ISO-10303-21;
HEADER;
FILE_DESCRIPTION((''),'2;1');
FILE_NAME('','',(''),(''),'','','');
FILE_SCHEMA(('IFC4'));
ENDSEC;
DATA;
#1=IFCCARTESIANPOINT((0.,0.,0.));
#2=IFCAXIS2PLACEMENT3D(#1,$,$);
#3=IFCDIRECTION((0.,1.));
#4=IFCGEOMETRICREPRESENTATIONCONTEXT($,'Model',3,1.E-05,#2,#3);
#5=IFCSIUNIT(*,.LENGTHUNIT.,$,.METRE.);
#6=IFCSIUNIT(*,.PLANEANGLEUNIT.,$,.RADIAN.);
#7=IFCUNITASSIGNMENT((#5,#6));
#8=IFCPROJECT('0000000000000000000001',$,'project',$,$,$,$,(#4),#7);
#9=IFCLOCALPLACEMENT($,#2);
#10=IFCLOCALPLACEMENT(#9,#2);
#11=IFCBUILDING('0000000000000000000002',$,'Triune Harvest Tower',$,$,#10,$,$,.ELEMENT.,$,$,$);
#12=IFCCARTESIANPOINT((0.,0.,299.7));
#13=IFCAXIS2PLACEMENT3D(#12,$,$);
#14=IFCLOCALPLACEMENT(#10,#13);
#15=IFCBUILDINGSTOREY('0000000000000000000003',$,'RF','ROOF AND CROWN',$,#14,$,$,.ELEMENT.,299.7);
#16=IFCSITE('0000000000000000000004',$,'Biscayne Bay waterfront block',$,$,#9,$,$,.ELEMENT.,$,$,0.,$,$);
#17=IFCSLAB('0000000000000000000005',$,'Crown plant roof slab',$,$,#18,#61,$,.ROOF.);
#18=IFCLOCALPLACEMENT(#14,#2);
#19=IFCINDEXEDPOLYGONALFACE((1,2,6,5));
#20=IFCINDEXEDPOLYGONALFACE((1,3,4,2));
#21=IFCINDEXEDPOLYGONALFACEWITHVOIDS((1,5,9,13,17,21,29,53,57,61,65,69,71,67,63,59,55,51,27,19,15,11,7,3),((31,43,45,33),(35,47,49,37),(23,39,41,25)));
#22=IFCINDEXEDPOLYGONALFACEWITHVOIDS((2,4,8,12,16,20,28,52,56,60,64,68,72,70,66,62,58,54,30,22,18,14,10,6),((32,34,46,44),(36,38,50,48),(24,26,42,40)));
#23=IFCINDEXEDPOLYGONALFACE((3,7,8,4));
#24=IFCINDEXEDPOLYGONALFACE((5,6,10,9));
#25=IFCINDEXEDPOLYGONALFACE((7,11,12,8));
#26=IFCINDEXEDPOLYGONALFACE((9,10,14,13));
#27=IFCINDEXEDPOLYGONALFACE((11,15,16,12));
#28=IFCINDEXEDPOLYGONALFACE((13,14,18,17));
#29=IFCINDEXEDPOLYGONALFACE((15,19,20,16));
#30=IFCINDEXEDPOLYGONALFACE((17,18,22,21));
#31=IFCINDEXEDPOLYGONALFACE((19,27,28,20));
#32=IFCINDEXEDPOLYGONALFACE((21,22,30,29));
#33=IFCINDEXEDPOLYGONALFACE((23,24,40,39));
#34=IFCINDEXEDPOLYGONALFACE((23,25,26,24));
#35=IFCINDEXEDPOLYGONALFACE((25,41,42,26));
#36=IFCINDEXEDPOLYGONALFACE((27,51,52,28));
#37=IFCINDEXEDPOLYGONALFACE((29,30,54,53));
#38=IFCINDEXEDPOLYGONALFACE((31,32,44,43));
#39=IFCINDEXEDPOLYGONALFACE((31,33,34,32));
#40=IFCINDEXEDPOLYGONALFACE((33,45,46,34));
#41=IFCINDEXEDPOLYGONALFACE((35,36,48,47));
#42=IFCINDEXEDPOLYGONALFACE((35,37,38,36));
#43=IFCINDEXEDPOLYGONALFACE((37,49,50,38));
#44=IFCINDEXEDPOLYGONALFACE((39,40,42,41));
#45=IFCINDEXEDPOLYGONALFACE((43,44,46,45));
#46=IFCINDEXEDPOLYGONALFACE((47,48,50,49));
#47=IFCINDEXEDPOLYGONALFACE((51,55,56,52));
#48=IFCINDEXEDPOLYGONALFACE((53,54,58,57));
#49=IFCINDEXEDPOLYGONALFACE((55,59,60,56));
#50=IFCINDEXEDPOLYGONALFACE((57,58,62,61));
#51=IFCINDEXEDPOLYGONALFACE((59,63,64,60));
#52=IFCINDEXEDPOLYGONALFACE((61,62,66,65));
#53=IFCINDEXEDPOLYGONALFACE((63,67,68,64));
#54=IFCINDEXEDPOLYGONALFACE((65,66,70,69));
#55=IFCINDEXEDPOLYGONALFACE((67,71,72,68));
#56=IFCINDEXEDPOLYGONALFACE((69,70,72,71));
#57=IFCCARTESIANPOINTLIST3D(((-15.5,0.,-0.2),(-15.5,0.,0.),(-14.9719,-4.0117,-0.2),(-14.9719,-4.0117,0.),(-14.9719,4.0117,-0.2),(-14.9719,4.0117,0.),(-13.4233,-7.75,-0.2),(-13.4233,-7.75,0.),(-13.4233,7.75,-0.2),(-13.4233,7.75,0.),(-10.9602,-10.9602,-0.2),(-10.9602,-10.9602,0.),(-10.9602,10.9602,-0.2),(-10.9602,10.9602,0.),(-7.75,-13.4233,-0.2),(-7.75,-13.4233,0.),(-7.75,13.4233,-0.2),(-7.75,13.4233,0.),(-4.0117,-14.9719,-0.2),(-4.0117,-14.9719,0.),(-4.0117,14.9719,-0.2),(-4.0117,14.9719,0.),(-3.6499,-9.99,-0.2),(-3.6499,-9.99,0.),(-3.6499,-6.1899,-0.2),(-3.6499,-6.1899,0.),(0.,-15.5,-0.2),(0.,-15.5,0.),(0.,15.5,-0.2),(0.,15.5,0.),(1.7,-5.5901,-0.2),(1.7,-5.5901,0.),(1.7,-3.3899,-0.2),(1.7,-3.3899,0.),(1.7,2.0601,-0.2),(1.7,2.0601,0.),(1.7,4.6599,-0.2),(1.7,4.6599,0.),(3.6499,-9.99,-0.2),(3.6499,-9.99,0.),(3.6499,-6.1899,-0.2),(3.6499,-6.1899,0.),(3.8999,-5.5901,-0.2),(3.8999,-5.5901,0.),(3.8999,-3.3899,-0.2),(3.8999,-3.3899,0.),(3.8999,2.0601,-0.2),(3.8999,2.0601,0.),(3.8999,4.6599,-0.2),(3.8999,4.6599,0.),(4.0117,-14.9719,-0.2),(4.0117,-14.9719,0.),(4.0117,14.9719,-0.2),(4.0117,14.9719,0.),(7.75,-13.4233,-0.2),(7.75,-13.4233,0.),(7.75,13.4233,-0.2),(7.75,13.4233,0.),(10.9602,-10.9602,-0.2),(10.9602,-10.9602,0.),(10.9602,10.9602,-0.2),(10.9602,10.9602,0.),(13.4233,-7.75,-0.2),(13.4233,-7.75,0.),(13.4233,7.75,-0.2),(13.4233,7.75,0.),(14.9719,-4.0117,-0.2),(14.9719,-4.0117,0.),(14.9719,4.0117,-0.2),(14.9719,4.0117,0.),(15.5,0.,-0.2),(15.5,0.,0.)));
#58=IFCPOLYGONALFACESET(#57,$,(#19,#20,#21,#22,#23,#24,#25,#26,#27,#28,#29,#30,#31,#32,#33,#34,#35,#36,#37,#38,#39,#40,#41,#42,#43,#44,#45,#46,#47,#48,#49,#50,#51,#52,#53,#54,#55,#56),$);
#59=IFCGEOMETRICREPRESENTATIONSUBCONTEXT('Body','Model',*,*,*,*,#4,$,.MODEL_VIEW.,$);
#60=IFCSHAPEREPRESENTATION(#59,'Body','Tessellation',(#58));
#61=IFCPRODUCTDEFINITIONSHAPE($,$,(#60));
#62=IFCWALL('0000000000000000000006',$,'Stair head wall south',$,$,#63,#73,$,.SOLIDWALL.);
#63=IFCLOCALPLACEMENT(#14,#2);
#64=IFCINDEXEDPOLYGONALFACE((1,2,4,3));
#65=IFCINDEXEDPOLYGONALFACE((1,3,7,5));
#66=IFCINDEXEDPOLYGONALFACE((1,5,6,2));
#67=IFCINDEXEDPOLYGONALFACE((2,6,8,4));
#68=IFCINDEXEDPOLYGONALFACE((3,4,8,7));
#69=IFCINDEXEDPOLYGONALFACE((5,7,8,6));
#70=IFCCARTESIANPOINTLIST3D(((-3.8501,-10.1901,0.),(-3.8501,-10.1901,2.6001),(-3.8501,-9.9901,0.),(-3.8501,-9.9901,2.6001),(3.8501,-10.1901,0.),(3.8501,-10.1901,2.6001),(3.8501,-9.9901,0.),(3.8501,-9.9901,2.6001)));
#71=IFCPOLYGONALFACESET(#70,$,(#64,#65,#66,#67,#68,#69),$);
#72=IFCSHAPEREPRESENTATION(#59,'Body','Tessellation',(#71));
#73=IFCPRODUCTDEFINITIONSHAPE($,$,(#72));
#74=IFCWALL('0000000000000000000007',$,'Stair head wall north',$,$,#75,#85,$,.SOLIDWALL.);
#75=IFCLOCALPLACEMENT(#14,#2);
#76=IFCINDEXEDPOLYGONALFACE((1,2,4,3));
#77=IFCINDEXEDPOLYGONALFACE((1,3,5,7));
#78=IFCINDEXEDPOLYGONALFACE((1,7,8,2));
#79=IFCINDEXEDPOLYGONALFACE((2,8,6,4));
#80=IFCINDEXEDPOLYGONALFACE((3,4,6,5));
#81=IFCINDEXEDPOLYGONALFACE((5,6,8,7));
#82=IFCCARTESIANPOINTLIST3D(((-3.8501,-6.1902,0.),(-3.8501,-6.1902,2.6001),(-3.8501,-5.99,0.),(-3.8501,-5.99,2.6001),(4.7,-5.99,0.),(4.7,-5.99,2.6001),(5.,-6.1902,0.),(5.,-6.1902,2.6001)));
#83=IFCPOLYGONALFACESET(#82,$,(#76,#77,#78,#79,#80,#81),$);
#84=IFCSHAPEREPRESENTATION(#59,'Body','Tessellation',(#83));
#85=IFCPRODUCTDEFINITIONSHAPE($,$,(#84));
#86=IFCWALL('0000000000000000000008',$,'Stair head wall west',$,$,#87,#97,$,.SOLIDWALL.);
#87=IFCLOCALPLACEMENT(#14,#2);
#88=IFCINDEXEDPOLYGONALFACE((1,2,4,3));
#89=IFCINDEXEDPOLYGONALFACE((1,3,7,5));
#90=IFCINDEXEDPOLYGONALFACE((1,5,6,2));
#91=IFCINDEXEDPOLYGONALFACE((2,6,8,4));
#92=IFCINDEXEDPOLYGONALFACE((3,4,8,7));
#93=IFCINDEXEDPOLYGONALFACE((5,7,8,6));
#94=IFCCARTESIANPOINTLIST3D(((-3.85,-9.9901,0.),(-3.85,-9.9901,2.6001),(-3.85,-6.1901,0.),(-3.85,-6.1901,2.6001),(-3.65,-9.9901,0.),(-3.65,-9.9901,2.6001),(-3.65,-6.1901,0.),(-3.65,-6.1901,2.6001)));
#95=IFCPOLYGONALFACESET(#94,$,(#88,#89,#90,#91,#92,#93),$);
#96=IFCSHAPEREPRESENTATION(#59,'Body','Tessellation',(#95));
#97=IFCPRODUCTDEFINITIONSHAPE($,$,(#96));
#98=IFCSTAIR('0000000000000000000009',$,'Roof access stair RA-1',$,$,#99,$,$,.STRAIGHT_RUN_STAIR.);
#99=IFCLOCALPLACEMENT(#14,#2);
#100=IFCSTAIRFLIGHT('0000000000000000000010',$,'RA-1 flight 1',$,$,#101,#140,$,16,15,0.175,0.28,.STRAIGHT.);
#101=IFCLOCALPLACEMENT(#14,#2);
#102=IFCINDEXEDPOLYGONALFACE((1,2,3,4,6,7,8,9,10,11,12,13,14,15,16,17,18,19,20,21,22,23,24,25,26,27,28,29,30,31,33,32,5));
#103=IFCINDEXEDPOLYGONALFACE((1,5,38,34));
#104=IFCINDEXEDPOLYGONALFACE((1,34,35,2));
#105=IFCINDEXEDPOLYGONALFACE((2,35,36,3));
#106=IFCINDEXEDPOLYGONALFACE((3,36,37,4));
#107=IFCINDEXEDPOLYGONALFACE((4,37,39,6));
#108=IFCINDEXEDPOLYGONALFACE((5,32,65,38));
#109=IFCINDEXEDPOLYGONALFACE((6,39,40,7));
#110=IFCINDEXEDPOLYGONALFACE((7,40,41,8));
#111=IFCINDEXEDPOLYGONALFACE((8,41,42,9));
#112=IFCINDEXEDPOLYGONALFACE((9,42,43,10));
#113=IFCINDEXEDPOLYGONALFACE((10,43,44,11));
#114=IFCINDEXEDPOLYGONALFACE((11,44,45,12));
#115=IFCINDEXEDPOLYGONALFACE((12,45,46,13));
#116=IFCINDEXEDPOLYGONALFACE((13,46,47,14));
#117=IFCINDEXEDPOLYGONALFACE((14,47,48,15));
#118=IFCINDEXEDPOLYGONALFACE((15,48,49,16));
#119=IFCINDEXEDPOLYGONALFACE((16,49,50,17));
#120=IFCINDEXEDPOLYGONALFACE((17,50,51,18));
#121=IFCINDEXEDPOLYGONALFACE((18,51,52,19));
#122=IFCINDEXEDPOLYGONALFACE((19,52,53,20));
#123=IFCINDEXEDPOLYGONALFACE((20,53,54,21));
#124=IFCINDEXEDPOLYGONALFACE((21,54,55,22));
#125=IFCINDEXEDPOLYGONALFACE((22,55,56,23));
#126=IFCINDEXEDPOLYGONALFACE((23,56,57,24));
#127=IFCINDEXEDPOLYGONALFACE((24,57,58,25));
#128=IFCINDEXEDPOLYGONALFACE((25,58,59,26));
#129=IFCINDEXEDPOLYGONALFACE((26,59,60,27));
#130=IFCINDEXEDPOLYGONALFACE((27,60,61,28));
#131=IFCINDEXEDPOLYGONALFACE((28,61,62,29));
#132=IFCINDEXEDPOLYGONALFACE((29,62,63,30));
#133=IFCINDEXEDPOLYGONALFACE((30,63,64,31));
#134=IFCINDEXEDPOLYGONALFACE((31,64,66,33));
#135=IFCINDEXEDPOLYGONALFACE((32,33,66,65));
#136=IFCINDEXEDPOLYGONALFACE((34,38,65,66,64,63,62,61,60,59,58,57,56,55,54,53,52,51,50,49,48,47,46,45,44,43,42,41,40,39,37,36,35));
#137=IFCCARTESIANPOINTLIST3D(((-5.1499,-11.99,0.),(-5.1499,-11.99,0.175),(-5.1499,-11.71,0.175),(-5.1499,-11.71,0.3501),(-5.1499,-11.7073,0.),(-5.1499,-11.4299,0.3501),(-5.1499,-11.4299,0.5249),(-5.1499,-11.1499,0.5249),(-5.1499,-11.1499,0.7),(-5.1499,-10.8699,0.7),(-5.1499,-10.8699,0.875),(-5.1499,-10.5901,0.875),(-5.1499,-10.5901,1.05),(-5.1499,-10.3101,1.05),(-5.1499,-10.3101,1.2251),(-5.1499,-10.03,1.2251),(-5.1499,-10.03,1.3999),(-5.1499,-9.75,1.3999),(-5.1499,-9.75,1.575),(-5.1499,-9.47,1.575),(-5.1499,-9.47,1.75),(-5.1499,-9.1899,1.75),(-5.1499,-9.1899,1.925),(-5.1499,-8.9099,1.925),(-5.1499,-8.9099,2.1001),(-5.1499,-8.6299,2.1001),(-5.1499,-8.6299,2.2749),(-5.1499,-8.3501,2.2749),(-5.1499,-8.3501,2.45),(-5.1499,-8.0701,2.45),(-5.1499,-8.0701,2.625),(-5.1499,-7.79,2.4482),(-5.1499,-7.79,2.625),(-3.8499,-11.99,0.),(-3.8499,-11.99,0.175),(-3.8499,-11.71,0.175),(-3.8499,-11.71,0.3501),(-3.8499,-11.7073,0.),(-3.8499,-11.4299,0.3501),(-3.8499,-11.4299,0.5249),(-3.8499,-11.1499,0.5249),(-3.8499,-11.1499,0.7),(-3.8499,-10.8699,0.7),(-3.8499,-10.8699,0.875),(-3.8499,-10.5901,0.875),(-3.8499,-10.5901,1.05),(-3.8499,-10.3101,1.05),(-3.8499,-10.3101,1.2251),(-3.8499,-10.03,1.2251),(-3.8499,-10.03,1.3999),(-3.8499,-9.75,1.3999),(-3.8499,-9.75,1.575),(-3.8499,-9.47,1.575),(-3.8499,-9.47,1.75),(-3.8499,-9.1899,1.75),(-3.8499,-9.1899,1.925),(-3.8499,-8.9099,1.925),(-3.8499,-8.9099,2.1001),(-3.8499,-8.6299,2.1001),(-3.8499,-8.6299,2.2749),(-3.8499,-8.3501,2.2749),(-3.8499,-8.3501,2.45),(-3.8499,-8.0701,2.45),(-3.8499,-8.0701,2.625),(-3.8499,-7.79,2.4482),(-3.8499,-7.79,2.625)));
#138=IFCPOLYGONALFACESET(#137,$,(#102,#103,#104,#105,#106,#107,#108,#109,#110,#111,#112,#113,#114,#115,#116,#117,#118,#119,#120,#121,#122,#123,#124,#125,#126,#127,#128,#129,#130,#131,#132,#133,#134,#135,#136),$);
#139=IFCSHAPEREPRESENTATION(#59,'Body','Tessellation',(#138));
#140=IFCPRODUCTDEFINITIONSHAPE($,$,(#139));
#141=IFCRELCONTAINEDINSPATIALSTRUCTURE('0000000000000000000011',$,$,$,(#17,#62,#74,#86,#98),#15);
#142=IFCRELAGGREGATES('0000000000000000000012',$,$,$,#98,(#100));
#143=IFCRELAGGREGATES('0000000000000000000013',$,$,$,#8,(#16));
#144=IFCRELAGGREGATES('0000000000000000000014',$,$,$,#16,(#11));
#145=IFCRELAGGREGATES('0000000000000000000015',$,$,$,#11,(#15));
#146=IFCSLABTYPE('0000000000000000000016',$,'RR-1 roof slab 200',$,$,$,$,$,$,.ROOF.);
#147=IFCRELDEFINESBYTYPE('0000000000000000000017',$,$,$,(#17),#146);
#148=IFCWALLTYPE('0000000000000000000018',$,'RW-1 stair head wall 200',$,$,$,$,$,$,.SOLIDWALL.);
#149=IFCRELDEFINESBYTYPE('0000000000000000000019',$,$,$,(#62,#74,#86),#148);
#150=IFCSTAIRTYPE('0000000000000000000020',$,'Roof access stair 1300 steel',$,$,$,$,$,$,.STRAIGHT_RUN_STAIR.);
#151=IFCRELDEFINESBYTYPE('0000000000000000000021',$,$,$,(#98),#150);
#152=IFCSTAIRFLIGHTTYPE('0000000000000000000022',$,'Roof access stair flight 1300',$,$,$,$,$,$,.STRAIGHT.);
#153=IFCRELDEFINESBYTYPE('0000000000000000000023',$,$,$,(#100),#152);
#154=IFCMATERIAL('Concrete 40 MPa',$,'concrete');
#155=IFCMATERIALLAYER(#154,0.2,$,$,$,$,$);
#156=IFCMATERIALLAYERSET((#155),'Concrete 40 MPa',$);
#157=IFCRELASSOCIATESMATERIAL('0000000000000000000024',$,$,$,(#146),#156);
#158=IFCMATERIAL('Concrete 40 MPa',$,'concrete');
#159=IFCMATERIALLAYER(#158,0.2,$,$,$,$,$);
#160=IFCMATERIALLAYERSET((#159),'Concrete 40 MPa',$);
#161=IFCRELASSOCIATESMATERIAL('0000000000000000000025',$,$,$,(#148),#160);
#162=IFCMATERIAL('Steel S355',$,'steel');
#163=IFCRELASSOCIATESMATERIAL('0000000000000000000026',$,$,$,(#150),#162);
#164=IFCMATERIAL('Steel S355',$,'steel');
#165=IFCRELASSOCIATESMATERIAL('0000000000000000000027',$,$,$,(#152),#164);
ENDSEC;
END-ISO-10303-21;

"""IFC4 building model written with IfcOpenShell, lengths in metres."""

from ifc_helpers import new_model, si_unit, direction, frame, frame_2d, origin, place, context, subcontext, project, spatial, polyline, rectangle, outline, extrude, source, transform, mapped, material, layer, layer_set, type_object, element, aggregate, save


model = new_model("IFC4")

# Units and contexts
model_context = context("Model", 3, precision=1e-05, world=origin(), true_north=direction((0.0, 1.0)))
body_context = subcontext(model_context, "Body", "Model", "MODEL_VIEW")
ifc_project = project(units=[si_unit("LENGTHUNIT", "METRE"), si_unit("PLANEANGLEUNIT", "RADIAN")], contexts=[model_context])

# Site, building, storey
site_placement = place(None, origin())
site = spatial("IfcSite", under=ifc_project, at=site_placement, Name="Biscayne Bay waterfront block", CompositionType="ELEMENT", RefElevation=0.0)
building_placement = place(site_placement, origin())
building = spatial("IfcBuilding", under=site, at=building_placement, Name="Triune Harvest Tower", CompositionType="ELEMENT")
storey_placement = place(building_placement, frame((0.0, 0.0, 299.7)))
storey = spatial("IfcBuildingStorey", under=building, at=storey_placement, Name="RF", Description="ROOF AND CROWN", CompositionType="ELEMENT", Elevation=299.7)

# Slab
ifc_material_1 = material(Name="Concrete 40 MPa", Category="concrete")
ifc_layer_1 = layer(ifc_material_1, 0.2)
ifc_layer_set_1 = layer_set([ifc_layer_1], Name="Concrete 40 MPa")
slab_type = type_object("IfcSlabType", Name="RR-1 roof slab 200", PredefinedType="ROOF", material=ifc_layer_set_1)
slab_placement = place(storey_placement, frame((0.0, 0.0, -0.2)))
element("IfcSlab", 1, at=slab_placement, inside=storey, type_object=slab_type, Name="Crown plant roof slab", PredefinedType="ROOF", context=body_context, shape_type="SweptSolid", body=[
    extrude(outline(polyline([(15.5, 0.0), (14.9719, 4.0117), (13.4233, 7.75), (10.9602, 10.9602), (7.75, 13.4233), (4.0117, 14.9719), (0.0, 15.5), (-4.0117, 14.9719), (-7.75, 13.4233), (-10.9602, 10.9602), (-13.4233, 7.75), (-14.9719, 4.0117), (-15.5, 0.0), (-14.9719, -4.0117), (-13.4233, -7.75), (-10.9602, -10.9602), (-7.75, -13.4233), (-4.0117, -14.9719), (0.0, -15.5), (4.0117, -14.9719), (7.75, -13.4233), (10.9602, -10.9602), (13.4233, -7.75), (14.9719, -4.0117), (15.5, 0.0)]), holes=[polyline([(-3.6499, -9.99), (3.6499, -9.99), (3.6499, -6.1899), (-3.6499, -6.1899), (-3.6499, -9.99)]), polyline([(3.8999, 2.0601), (3.8999, 4.6599), (1.7, 4.6599), (1.7, 2.0601), (3.8999, 2.0601)]), polyline([(3.8999, -5.5901), (3.8999, -3.3899), (1.7, -3.3899), (1.7, -5.5901), (3.8999, -5.5901)])]), origin(), (0.0, 0.0, 1.0), 0.2),
])

# Walls
ifc_material_2 = material(Name="Concrete 40 MPa", Category="concrete")
ifc_layer_2 = layer(ifc_material_2, 0.2)
ifc_layer_set_2 = layer_set([ifc_layer_2], Name="Concrete 40 MPa")
wall_type = type_object("IfcWallType", Name="RW-1 stair head wall 200", PredefinedType="SOLIDWALL", material=ifc_layer_set_2)
wall_1_placement = place(storey_placement, frame((-3.8501, -10.0901, 0.0), z_axis=(0.0, 0.0, 1.0), x_axis=(1.0, 0.0, 0.0)))
element("IfcWall", 2, at=wall_1_placement, inside=storey, type_object=wall_type, Name="Stair head wall south", PredefinedType="SOLIDWALL", context=body_context, shape_type="SweptSolid", body=[
    extrude(rectangle(XDim=7.7002, YDim=0.2, at=frame_2d((3.8501, 0.0))), origin(), (0.0, 0.0, 1.0), 2.6001),
])
wall_2_placement = place(storey_placement, frame((-3.8501, -6.0901, 0.0), z_axis=(0.0, 0.0, 1.0), x_axis=(1.0, 0.0, 0.0)))
element("IfcWall", 3, at=wall_2_placement, inside=storey, type_object=wall_type, Name="Stair head wall north", PredefinedType="SOLIDWALL", context=body_context, shape_type="SweptSolid", body=[
    extrude(outline(polyline([(0.0, -0.1001), (8.8501, -0.1001), (8.55, 0.1001), (0.0, 0.1001), (0.0, -0.1001)])), origin(), (0.0, 0.0, 1.0), 2.6001),
])
shared_shape_1 = source(origin(), body_context, "Body", "SweptSolid", [
    extrude(rectangle(XDim=3.8, YDim=0.2, at=frame_2d((1.8999, 0.0))), origin(), (0.0, 0.0, 1.0), 2.6001),
])
wall_3_placement = place(storey_placement, frame((-3.75, -9.99, 0.0), z_axis=(0.0, 0.0, 1.0), x_axis=(0.0, 1.0, 0.0)))
element("IfcWall", 4, at=wall_3_placement, inside=storey, type_object=wall_type, Name="Stair head wall west", PredefinedType="SOLIDWALL", context=body_context, shape_type="MappedRepresentation", body=[
    mapped(shared_shape_1, transform((0.0, 0.0, 0.0), scale=1.0)),
])

# Stair, stair flight
ifc_material_3 = material(Name="Steel S355", Category="steel")
stair_type = type_object("IfcStairType", Name="Roof access stair 1300 steel", PredefinedType="STRAIGHT_RUN_STAIR", material=ifc_material_3)
stair_placement = place(storey_placement, origin())
stair = element("IfcStair", 5, at=stair_placement, inside=storey, type_object=stair_type, Name="Roof access stair RA-1", PredefinedType="STRAIGHT_RUN_STAIR")
ifc_material_4 = material(Name="Steel S355", Category="steel")
stair_flight_type = type_object("IfcStairFlightType", Name="Roof access stair flight 1300", PredefinedType="STRAIGHT", material=ifc_material_4)
stair_flight_placement = place(storey_placement, frame((-4.5, -11.99, 0.0), z_axis=(0.0, 0.0, 1.0), x_axis=(0.0, 1.0, 0.0)))
stair_flight = element("IfcStairFlight", 6, at=stair_flight_placement, type_object=stair_flight_type, Name="RA-1 flight 1", NumberOfRisers=16, NumberOfTreads=15, PredefinedType="STRAIGHT", RiserHeight=0.175, TreadLength=0.28, context=body_context, shape_type="SweptSolid", body=[
    extrude(outline(polyline([(0.0, 0.0), (0.0, 0.175), (0.28, 0.175), (0.28, 0.3501), (0.5601, 0.3501), (0.5601, 0.5249), (0.8401, 0.5249), (0.8401, 0.7), (1.1201, 0.7), (1.1201, 0.875), (1.3999, 0.875), (1.3999, 1.05), (1.6799, 1.05), (1.6799, 1.2251), (1.96, 1.2251), (1.96, 1.3999), (2.24, 1.3999), (2.24, 1.575), (2.52, 1.575), (2.52, 1.75), (2.8, 1.75), (2.8, 1.925), (3.0801, 1.925), (3.0801, 2.1001), (3.3601, 2.1001), (3.3601, 2.2749), (3.6399, 2.2749), (3.6399, 2.45), (3.9199, 2.45), (3.9199, 2.625), (4.2, 2.625), (4.2, 2.8), (4.2, 2.4482), (0.2827, 0.0), (0.0, 0.0)])), frame((0.0, 0.6499, 0.0), z_axis=(0.0, -1.0, 0.0), x_axis=(1.0, 0.0, 0.0)), (0.0, 0.0, 1.0), 1.3),
])
aggregate(stair, [stair_flight])

save(model, "model.ifc")
